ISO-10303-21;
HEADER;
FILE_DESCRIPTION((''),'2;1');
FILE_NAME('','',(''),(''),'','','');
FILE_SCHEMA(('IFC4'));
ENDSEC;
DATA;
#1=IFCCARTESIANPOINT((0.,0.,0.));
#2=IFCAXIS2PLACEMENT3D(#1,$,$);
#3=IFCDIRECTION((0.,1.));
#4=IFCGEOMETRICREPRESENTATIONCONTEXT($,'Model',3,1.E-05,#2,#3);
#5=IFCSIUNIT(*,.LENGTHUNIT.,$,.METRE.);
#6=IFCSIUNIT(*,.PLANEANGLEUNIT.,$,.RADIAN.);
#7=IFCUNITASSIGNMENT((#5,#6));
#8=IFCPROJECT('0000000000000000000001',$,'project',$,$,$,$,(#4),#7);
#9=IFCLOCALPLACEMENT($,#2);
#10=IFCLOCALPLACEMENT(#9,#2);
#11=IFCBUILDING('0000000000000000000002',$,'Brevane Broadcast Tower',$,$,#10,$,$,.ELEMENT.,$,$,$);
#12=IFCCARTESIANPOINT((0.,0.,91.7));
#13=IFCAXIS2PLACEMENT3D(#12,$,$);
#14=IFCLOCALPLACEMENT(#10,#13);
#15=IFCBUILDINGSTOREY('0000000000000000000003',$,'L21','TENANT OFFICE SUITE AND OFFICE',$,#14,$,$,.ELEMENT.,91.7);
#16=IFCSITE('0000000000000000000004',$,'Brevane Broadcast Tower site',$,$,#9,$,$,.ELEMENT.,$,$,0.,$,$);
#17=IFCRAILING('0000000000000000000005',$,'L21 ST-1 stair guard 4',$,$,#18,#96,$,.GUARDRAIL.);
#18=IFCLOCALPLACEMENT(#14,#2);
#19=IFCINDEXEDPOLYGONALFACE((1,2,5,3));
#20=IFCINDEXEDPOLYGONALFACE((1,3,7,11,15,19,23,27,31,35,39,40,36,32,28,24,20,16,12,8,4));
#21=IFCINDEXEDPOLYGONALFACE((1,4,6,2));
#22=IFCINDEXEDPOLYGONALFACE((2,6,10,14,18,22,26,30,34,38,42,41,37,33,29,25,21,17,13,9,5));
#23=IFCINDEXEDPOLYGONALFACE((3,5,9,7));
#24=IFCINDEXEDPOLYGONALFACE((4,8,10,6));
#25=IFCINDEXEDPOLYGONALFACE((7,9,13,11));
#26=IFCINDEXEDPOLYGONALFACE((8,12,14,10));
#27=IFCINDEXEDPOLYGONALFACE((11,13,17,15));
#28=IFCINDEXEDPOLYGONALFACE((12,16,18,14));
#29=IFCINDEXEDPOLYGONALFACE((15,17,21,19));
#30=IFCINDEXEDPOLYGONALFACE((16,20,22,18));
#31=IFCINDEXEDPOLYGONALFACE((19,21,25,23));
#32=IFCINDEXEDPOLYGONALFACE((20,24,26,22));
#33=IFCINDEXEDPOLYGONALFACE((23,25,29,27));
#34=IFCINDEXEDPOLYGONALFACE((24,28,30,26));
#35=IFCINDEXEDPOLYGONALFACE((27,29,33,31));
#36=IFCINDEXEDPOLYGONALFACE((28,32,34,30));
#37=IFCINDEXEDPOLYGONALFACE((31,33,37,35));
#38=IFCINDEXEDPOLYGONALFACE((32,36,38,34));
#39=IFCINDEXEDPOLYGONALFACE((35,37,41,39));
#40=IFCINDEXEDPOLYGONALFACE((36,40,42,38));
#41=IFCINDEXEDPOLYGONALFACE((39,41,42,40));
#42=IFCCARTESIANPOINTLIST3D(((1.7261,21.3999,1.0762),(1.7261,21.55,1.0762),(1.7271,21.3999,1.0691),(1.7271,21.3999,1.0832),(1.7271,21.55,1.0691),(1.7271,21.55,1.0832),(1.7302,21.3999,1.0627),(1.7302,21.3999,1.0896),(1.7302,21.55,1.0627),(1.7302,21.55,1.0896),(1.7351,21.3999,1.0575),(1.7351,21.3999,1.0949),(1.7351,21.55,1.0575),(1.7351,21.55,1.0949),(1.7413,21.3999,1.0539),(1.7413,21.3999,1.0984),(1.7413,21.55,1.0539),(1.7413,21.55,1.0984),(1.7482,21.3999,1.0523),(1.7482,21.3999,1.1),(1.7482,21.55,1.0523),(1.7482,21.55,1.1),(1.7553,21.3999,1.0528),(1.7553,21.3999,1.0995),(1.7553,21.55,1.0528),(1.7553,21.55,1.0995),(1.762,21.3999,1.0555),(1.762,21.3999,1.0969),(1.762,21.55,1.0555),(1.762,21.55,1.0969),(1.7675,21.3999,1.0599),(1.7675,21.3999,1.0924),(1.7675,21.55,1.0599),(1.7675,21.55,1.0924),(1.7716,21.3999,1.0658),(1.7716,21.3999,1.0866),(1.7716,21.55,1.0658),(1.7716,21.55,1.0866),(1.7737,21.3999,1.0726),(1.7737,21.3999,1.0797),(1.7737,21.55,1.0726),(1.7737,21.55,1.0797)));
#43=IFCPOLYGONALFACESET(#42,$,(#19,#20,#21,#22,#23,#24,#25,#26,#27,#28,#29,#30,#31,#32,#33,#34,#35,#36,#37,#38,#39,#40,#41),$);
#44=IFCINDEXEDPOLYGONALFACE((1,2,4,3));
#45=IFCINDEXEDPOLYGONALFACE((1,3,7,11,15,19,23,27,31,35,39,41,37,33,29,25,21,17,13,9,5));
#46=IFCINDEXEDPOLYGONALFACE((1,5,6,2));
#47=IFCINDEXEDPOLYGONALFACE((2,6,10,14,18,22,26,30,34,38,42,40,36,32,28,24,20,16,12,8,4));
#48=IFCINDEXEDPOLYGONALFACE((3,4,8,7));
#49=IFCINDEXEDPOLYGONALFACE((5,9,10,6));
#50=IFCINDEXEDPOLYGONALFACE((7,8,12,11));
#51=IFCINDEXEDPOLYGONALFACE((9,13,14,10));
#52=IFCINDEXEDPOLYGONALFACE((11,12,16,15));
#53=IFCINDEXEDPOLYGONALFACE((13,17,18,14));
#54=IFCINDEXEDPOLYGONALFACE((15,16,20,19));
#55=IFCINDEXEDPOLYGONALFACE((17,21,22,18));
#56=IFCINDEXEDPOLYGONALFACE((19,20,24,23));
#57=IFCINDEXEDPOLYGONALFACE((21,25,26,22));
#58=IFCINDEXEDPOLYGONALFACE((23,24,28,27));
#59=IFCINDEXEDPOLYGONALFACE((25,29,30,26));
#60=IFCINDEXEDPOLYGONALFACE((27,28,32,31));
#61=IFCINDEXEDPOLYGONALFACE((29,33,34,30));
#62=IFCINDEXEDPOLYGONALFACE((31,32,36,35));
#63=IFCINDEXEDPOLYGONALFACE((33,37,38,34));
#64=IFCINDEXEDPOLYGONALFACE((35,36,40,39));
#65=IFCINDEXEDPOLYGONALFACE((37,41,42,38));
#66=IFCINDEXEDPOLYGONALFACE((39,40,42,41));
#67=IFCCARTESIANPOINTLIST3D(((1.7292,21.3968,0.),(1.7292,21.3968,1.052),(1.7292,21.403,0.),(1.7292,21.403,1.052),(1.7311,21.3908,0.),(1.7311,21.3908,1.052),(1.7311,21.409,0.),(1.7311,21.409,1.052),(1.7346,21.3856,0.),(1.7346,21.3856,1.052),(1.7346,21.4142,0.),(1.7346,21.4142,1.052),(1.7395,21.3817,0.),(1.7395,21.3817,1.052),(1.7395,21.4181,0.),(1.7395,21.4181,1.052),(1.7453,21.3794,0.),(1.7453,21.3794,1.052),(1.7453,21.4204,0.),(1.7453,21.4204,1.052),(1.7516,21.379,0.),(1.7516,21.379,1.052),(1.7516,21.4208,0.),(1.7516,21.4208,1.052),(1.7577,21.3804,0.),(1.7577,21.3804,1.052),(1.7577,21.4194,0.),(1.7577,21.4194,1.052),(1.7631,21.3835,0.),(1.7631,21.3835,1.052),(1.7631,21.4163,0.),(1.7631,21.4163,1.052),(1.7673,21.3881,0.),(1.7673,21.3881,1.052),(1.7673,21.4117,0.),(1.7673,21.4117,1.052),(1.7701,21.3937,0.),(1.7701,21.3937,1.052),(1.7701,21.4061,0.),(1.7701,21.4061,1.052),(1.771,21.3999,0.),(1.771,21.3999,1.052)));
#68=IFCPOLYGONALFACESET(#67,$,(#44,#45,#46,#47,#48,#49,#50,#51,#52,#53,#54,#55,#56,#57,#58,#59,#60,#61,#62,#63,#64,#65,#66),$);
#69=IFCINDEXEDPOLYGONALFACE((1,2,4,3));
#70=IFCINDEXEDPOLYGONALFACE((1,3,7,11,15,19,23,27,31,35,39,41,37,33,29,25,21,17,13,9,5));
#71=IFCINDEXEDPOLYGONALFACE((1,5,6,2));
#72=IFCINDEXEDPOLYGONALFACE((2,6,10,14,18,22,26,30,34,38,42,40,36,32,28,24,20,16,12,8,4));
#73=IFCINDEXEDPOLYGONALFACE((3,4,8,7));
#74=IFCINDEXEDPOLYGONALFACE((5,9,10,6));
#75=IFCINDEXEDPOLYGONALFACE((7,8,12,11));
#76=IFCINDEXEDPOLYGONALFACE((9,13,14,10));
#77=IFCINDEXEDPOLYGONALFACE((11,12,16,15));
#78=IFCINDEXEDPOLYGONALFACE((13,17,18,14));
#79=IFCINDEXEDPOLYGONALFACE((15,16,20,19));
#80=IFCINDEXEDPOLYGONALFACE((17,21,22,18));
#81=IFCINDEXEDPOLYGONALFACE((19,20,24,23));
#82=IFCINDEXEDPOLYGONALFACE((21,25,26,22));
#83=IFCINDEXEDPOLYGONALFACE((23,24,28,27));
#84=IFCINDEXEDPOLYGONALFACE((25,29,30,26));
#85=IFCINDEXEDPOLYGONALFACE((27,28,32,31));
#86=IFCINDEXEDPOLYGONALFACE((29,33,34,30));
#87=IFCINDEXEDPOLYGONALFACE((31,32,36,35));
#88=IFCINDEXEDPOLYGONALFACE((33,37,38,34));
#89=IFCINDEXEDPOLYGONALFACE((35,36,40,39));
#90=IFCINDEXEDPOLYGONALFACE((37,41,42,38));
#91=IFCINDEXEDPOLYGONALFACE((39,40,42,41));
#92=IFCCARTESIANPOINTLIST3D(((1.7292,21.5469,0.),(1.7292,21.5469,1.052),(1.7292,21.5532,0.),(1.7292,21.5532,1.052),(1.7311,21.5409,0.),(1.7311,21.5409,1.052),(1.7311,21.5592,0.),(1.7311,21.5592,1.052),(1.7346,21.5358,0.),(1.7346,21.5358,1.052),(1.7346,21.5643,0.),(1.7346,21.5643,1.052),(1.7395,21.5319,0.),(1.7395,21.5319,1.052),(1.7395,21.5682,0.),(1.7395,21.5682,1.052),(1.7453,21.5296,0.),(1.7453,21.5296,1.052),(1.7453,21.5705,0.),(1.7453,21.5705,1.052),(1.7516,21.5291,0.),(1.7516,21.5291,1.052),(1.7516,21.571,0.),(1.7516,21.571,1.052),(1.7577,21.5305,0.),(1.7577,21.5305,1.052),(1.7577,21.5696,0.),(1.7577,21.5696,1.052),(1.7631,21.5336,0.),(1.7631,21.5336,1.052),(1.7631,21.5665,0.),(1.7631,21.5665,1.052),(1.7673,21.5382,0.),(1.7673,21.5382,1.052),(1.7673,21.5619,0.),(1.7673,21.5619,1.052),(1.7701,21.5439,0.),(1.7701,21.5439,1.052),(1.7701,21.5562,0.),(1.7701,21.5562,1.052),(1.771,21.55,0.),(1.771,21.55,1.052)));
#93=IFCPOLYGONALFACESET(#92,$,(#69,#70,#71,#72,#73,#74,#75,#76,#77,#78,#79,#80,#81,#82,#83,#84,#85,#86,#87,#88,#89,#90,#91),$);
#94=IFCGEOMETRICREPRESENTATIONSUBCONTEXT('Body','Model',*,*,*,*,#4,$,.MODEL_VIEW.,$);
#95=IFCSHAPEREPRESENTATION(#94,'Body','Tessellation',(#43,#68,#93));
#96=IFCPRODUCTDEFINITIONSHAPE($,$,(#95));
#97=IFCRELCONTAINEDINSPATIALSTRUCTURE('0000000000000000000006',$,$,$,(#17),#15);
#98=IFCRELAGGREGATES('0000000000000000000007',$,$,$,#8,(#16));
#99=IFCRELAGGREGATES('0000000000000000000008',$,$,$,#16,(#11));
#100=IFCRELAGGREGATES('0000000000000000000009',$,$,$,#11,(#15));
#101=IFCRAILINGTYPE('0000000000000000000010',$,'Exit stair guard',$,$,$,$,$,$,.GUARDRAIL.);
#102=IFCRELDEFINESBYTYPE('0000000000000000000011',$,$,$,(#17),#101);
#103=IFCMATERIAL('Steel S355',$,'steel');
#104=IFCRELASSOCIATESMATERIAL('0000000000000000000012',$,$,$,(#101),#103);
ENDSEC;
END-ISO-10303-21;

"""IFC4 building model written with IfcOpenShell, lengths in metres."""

from ifc_helpers import new_model, si_unit, direction, frame, origin, origin_2d, place, context, subcontext, project, spatial, circle, extrude, material, type_object, element, save


model = new_model("IFC4")

# Units and contexts
model_context = context("Model", 3, precision=1e-05, world=origin(), true_north=direction((0.0, 1.0)))
body_context = subcontext(model_context, "Body", "Model", "MODEL_VIEW")
ifc_project = project(units=[si_unit("LENGTHUNIT", "METRE"), si_unit("PLANEANGLEUNIT", "RADIAN")], contexts=[model_context])

# Site, building, storey
site_placement = place(None, origin())
site = spatial("IfcSite", under=ifc_project, at=site_placement, Name="Brevane Broadcast Tower site", CompositionType="ELEMENT", RefElevation=0.0)
building_placement = place(site_placement, origin())
building = spatial("IfcBuilding", under=site, at=building_placement, Name="Brevane Broadcast Tower", CompositionType="ELEMENT")
storey_placement = place(building_placement, frame((0.0, 0.0, 91.7)))
storey = spatial("IfcBuildingStorey", under=building, at=storey_placement, Name="L21", Description="TENANT OFFICE SUITE AND OFFICE", CompositionType="ELEMENT", Elevation=91.7)

# Railing
ifc_material_1 = material(Name="Steel S355", Category="steel")
railing_type_1 = type_object("IfcRailingType", Name="Exit stair guard", PredefinedType="GUARDRAIL", material=ifc_material_1)
railing_1_placement = place(storey_placement, frame((1.75, 21.3999, 0.0)))
element("IfcRailing", 1, at=railing_1_placement, inside=storey, type_object=railing_type_1, Name="L21 ST-1 stair guard 4", PredefinedType="GUARDRAIL", context=body_context, shape_type="SweptSolid", body=[
    extrude(circle(Radius=0.0239, at=origin_2d()), frame((0.0, 0.0, 1.0762), z_axis=(0.0, 1.0, 0.0), x_axis=(-1.0, 0.0, 0.0)), (0.0, 0.0, 1.0), 0.1501),
    extrude(circle(Radius=0.021, at=origin_2d()), origin(), (0.0, 0.0, 1.0), 1.052),
    extrude(circle(Radius=0.021, at=origin_2d()), frame((0.0, 0.1501, 0.0)), (0.0, 0.0, 1.0), 1.052),
])

save(model, "model.ifc")
